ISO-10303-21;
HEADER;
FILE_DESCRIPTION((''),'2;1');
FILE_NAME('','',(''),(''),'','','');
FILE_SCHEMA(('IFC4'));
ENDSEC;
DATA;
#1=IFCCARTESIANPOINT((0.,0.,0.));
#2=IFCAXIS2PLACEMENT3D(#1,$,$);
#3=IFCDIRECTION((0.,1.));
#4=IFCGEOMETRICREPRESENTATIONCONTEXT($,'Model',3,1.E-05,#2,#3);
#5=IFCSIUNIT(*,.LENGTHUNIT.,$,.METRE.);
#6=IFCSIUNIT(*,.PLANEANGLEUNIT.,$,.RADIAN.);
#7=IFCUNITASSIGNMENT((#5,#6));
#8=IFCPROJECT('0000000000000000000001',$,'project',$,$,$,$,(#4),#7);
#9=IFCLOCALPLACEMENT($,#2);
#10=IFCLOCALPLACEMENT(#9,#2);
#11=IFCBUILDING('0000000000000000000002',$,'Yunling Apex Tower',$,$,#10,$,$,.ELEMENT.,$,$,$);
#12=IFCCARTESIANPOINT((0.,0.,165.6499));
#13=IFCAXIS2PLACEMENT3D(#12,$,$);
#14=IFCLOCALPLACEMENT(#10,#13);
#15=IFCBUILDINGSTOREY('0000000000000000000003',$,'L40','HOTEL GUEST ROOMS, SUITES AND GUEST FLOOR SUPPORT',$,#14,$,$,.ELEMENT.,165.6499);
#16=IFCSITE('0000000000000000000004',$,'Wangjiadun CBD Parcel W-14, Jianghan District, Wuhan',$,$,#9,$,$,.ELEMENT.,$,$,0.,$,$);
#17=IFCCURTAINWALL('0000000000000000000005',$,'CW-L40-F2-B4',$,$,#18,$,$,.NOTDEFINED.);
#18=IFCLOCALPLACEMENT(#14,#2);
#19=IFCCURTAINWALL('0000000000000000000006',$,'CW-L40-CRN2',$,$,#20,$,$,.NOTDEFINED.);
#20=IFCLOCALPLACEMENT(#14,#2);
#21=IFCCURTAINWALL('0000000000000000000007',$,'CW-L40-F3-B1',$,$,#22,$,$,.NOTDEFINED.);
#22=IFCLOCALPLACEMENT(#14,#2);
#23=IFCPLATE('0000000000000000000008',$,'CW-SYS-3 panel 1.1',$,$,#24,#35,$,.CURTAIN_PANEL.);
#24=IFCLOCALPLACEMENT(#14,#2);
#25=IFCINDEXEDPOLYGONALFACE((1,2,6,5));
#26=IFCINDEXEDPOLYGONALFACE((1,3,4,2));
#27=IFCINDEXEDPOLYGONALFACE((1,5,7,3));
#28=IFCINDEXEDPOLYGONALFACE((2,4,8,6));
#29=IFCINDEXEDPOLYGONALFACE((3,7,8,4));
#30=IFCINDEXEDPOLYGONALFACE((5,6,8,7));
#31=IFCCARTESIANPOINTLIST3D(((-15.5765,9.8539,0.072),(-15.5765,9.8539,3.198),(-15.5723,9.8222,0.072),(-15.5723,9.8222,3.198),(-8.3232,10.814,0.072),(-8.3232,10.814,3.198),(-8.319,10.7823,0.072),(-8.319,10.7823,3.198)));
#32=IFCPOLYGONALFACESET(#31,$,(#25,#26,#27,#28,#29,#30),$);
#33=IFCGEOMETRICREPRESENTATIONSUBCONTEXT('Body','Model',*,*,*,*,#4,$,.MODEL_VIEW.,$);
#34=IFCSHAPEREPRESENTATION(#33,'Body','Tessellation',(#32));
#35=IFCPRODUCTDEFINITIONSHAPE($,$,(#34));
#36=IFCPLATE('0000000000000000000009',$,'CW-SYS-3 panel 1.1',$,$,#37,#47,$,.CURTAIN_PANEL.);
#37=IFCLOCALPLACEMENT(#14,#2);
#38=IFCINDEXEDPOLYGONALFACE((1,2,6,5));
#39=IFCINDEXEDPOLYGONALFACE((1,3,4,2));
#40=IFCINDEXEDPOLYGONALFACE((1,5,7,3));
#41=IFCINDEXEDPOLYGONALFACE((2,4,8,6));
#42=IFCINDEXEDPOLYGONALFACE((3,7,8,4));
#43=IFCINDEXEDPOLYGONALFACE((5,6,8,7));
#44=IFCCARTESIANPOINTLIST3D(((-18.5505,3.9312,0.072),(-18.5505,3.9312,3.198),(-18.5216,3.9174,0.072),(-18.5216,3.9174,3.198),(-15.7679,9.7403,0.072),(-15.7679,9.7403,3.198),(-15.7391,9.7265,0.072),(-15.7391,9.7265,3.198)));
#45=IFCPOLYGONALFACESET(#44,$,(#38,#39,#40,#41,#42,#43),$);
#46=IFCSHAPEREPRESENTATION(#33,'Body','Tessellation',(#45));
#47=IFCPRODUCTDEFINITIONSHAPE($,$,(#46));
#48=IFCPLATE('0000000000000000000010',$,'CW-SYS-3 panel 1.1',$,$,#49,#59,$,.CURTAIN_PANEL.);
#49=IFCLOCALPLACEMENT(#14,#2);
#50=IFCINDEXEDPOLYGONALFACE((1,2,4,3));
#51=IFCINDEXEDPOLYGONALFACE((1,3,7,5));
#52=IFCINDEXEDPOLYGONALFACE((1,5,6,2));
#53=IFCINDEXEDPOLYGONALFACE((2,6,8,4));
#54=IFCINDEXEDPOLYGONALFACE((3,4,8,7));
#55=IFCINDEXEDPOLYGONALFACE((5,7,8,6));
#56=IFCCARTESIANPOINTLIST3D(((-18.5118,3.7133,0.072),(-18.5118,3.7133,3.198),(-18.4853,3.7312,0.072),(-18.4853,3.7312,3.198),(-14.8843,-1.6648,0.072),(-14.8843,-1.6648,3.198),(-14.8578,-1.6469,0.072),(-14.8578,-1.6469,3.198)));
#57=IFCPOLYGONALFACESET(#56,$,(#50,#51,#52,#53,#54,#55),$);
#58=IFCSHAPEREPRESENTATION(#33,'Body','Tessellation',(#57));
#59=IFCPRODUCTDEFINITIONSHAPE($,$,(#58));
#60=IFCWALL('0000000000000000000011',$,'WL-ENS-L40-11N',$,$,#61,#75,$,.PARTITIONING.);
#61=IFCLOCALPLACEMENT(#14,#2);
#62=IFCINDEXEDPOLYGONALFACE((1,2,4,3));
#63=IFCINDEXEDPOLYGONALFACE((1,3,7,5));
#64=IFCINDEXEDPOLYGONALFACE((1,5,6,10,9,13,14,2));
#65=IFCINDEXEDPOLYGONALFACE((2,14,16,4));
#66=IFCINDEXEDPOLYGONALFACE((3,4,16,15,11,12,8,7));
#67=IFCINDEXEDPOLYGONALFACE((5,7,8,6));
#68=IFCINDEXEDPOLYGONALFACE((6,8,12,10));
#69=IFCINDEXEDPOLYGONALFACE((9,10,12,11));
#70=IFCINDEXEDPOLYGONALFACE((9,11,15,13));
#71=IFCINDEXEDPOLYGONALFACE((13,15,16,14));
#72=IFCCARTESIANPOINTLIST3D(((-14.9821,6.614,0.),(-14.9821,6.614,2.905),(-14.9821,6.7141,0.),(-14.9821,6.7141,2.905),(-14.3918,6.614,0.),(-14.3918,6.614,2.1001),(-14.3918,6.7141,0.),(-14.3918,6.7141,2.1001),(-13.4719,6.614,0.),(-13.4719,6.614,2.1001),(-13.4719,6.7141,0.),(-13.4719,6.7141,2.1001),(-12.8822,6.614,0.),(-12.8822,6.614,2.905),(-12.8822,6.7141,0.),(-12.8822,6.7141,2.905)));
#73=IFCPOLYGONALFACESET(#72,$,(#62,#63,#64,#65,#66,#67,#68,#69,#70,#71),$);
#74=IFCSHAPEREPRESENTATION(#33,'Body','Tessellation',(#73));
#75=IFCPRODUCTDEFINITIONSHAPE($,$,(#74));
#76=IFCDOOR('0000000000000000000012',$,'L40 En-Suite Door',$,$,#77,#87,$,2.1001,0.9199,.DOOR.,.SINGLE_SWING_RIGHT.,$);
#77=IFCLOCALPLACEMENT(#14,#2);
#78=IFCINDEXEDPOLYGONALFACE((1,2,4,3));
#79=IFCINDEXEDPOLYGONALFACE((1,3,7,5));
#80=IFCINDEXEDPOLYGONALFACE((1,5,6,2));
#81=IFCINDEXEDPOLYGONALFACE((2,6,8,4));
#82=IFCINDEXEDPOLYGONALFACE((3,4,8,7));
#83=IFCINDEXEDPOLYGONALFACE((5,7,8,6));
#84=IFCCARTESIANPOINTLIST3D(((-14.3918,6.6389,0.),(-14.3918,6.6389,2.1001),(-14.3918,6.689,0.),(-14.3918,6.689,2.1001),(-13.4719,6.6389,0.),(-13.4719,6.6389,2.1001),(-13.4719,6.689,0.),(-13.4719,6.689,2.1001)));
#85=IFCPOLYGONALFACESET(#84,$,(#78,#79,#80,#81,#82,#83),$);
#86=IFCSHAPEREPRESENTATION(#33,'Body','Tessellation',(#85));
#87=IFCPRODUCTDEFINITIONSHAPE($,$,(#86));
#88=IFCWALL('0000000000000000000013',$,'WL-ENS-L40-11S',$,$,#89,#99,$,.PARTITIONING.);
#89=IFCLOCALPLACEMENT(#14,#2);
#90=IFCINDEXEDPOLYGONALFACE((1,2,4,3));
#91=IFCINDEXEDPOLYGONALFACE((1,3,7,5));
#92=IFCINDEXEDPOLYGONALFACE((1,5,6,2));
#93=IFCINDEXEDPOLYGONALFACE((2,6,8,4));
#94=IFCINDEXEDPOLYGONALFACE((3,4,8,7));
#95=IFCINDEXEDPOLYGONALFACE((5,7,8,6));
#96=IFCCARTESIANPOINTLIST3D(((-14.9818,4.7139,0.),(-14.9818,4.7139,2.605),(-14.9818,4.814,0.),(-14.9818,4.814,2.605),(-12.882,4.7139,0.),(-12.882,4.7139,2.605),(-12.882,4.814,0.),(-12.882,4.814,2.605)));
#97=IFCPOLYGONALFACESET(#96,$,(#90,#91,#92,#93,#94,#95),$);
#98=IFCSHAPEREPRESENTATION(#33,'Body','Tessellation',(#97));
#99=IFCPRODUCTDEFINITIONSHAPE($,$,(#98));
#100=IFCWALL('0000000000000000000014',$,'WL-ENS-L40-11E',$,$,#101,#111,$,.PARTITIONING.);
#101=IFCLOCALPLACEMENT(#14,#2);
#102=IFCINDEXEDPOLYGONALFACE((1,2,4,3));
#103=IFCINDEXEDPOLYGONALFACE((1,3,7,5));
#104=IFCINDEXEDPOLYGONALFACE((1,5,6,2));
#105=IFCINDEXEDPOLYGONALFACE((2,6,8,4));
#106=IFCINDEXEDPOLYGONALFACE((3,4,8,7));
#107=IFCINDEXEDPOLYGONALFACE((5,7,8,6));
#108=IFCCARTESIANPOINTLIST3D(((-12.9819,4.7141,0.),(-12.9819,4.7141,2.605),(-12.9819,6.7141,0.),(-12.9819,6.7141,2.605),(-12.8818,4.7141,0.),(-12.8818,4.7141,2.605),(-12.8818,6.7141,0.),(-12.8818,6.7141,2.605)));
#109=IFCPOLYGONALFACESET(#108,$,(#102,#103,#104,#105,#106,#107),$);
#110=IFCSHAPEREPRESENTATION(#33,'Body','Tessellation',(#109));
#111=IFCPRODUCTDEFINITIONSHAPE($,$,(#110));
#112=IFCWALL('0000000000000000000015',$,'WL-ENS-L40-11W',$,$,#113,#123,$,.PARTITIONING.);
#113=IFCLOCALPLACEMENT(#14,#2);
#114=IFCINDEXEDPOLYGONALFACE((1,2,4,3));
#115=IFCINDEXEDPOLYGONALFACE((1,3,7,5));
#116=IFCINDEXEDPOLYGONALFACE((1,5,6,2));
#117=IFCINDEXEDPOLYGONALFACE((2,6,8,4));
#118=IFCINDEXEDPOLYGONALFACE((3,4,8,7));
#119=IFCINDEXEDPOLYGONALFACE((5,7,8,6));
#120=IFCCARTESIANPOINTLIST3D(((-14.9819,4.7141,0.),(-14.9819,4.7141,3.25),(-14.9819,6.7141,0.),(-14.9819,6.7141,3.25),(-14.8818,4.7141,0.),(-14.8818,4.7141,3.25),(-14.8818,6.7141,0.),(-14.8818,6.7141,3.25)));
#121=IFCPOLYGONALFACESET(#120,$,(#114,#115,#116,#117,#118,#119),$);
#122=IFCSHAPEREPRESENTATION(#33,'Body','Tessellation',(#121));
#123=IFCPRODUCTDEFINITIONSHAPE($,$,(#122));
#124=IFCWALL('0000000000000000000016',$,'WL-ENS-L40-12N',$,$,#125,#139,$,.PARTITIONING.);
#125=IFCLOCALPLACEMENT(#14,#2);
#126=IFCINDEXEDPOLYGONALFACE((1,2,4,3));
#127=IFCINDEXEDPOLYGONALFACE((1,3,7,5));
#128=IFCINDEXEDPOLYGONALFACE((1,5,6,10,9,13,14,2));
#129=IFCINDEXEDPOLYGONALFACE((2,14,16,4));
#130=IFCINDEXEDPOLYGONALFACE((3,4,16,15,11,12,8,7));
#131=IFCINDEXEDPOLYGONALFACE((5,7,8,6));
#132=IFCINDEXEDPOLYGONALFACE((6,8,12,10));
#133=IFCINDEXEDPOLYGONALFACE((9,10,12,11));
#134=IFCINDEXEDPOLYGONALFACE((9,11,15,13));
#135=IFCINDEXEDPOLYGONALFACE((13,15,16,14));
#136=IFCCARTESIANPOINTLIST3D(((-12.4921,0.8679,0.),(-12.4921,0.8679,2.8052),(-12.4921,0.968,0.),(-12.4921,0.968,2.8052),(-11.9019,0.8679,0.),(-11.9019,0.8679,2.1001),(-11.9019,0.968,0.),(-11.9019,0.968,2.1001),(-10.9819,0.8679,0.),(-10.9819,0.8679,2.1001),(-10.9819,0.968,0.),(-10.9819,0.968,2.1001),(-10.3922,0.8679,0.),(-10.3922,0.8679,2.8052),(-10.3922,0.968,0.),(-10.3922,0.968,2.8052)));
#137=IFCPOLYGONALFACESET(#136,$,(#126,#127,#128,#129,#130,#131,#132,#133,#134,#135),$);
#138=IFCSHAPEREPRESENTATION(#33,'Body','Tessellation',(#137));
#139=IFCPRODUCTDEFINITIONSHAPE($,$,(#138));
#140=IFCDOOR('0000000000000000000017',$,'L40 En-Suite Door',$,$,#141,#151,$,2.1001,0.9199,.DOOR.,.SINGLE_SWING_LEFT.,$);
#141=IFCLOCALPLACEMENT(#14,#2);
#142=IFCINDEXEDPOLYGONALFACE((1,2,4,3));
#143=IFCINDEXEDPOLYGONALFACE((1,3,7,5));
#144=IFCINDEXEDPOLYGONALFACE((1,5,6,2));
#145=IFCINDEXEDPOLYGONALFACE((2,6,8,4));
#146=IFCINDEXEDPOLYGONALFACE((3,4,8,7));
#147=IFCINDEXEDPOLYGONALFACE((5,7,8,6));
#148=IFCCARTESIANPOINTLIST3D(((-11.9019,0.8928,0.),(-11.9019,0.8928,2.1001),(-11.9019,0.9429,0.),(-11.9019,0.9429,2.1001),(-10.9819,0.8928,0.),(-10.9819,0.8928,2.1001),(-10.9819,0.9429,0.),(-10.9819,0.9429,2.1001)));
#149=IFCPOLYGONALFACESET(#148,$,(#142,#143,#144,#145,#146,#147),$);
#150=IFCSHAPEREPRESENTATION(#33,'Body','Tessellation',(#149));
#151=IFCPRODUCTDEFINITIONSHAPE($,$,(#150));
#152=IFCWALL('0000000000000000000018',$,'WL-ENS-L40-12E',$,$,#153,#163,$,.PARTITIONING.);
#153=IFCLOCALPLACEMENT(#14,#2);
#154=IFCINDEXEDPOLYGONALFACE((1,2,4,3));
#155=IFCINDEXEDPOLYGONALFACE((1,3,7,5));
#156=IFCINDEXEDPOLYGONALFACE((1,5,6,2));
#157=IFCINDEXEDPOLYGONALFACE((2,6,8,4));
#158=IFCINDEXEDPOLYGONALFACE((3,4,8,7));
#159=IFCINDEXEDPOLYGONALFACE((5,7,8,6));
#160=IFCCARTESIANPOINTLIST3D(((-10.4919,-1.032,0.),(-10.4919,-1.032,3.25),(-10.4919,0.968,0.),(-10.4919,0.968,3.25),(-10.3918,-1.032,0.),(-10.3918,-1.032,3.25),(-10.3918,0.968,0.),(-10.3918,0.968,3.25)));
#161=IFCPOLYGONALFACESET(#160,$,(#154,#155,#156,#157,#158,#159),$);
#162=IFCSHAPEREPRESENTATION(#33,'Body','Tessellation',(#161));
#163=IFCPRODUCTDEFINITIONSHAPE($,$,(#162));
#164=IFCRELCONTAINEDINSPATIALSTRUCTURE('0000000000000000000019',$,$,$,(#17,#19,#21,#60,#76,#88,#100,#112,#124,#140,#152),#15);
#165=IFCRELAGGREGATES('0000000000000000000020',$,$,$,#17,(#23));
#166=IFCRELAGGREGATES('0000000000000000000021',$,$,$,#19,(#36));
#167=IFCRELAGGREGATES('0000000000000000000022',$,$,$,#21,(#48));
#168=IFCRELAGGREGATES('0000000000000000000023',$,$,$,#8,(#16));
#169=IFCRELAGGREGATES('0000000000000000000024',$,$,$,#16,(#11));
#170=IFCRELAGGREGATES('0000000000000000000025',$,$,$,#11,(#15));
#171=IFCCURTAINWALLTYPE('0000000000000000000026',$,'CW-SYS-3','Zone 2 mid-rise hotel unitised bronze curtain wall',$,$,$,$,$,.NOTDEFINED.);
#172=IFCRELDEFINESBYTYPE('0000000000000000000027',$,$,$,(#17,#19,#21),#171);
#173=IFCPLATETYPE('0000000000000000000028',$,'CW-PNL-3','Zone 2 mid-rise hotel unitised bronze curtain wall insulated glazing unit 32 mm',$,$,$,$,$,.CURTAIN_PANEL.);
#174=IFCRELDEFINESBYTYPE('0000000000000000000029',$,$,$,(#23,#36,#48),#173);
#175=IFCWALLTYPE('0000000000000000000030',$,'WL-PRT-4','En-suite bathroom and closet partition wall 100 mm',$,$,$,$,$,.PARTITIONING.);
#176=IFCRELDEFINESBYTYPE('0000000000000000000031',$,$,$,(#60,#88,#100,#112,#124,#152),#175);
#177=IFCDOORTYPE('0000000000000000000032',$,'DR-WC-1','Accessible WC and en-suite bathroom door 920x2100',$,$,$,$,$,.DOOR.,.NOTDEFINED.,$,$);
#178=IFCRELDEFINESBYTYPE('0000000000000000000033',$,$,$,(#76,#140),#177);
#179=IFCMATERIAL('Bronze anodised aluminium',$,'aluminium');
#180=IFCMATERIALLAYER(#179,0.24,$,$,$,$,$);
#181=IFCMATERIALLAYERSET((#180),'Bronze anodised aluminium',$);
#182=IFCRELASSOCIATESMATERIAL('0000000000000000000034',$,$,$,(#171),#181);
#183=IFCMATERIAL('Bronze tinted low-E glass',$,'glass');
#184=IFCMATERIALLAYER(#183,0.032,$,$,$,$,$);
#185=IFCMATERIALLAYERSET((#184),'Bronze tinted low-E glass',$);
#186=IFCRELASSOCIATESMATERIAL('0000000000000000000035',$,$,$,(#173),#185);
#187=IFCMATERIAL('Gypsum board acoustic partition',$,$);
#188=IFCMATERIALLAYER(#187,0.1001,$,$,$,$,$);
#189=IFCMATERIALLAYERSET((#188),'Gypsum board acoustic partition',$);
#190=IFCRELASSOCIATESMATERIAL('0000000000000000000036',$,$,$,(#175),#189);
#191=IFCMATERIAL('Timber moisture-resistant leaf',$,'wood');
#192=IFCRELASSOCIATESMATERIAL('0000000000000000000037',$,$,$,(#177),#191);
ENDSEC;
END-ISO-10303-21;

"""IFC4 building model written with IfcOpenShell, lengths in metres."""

from ifc_helpers import new_model, si_unit, direction, frame, frame_2d, origin, origin_2d, place, context, subcontext, project, spatial, rectangle, extrude, source, transform, mapped, material, layer, layer_set, type_object, element, fill, aggregate, save


model = new_model("IFC4")

# Units and contexts
model_context = context("Model", 3, precision=1e-05, world=origin(), true_north=direction((0.0, 1.0)))
body_context = subcontext(model_context, "Body", "Model", "MODEL_VIEW")
ifc_project = project(units=[si_unit("LENGTHUNIT", "METRE"), si_unit("PLANEANGLEUNIT", "RADIAN")], contexts=[model_context])

# Site, building, storey
site_placement = place(None, origin())
site = spatial("IfcSite", under=ifc_project, at=site_placement, Name="Wangjiadun CBD Parcel W-14, Jianghan District, Wuhan", CompositionType="ELEMENT", RefElevation=0.0)
building_placement = place(site_placement, origin())
building = spatial("IfcBuilding", under=site, at=building_placement, Name="Yunling Apex Tower", CompositionType="ELEMENT")
storey_placement = place(building_placement, frame((0.0, 0.0, 165.6499)))
storey = spatial("IfcBuildingStorey", under=building, at=storey_placement, Name="L40", Description="HOTEL GUEST ROOMS, SUITES AND GUEST FLOOR SUPPORT", CompositionType="ELEMENT", Elevation=165.6499)

# Curtain wall
ifc_material_1 = material(Name="Bronze anodised aluminium", Category="aluminium")
ifc_layer_1 = layer(ifc_material_1, 0.24)
ifc_layer_set_1 = layer_set([ifc_layer_1], Name="Bronze anodised aluminium")
curtain_wall_type = type_object("IfcCurtainWallType", Name="CW-SYS-3", Description="Zone 2 mid-rise hotel unitised bronze curtain wall", PredefinedType="NOTDEFINED", material=ifc_layer_set_1)
curtain_wall_1_placement = place(storey_placement, origin())
curtain_wall_1 = element("IfcCurtainWall", 1, at=curtain_wall_1_placement, inside=storey, type_object=curtain_wall_type, Name="CW-L40-F2-B4", PredefinedType="NOTDEFINED")

# Curtain wall
curtain_wall_2_placement = place(storey_placement, origin())
curtain_wall_2 = element("IfcCurtainWall", 2, at=curtain_wall_2_placement, inside=storey, type_object=curtain_wall_type, Name="CW-L40-CRN2", PredefinedType="NOTDEFINED")

# Curtain wall
curtain_wall_3_placement = place(storey_placement, origin())
curtain_wall_3 = element("IfcCurtainWall", 3, at=curtain_wall_3_placement, inside=storey, type_object=curtain_wall_type, Name="CW-L40-F3-B1", PredefinedType="NOTDEFINED")

# Plates
ifc_material_2 = material(Name="Bronze tinted low-E glass", Category="glass")
ifc_layer_2 = layer(ifc_material_2, 0.032)
ifc_layer_set_2 = layer_set([ifc_layer_2], Name="Bronze tinted low-E glass")
plate_type = type_object("IfcPlateType", Name="CW-PNL-3", Description="Zone 2 mid-rise hotel unitised bronze curtain wall insulated glazing unit 32 mm", PredefinedType="CURTAIN_PANEL", material=ifc_layer_set_2)
shared_shape_1 = source(origin(), body_context, "Body", "SweptSolid", [
    extrude(rectangle(XDim=7.3167, YDim=0.032, at=origin_2d()), origin(), (0.0, 0.0, 1.0), 3.126),
])
plate_1_placement = place(storey_placement, frame((-11.9478, 10.3181, 0.072), z_axis=(0.0, 0.0, 1.0), x_axis=(-0.991353, -0.131222, 0.0)))
plate_1 = element("IfcPlate", 4, at=plate_1_placement, type_object=plate_type, Name="CW-SYS-3 panel 1.1", PredefinedType="CURTAIN_PANEL", context=body_context, shape_type="MappedRepresentation", body=[
    mapped(shared_shape_1, transform((0.0, 0.0, 0.0), scale=1.0)),
])
aggregate(curtain_wall_1, [plate_1])
shared_shape_2 = source(origin(), body_context, "Body", "SweptSolid", [
    extrude(rectangle(XDim=6.4412, YDim=0.032, at=origin_2d()), origin(), (0.0, 0.0, 1.0), 3.126),
])
plate_2_placement = place(storey_placement, frame((-17.1448, 6.8289, 0.072), z_axis=(0.0, 0.0, 1.0), x_axis=(-0.431994, -0.901877, 0.0)))
plate_2 = element("IfcPlate", 5, at=plate_2_placement, type_object=plate_type, Name="CW-SYS-3 panel 1.1", PredefinedType="CURTAIN_PANEL", context=body_context, shape_type="MappedRepresentation", body=[
    mapped(shared_shape_2, transform((0.0, 0.0, 0.0), scale=1.0)),
])
aggregate(curtain_wall_2, [plate_2])
shared_shape_3 = source(origin(), body_context, "Body", "SweptSolid", [
    extrude(rectangle(XDim=6.4871, YDim=0.032, at=origin_2d()), origin(), (0.0, 0.0, 1.0), 3.126),
])
plate_3_placement = place(storey_placement, frame((-16.6848, 1.0332, 0.072), z_axis=(0.0, 0.0, 1.0), x_axis=(0.559181, -0.829045, 0.0)))
plate_3 = element("IfcPlate", 6, at=plate_3_placement, type_object=plate_type, Name="CW-SYS-3 panel 1.1", PredefinedType="CURTAIN_PANEL", context=body_context, shape_type="MappedRepresentation", body=[
    mapped(shared_shape_3, transform((0.0, 0.0, 0.0), scale=1.0)),
])
aggregate(curtain_wall_3, [plate_3])

# Wall, opening, door
ifc_material_3 = material(Name="Gypsum board acoustic partition")
ifc_layer_3 = layer(ifc_material_3, 0.1001)
ifc_layer_set_3 = layer_set([ifc_layer_3], Name="Gypsum board acoustic partition")
wall_type = type_object("IfcWallType", Name="WL-PRT-4", Description="En-suite bathroom and closet partition wall 100 mm", PredefinedType="PARTITIONING", material=ifc_layer_set_3)
wall_1_placement = place(storey_placement, frame((-14.9819, 6.6641, 0.0), z_axis=(0.0, 0.0, 1.0), x_axis=(1.0, 0.0, 0.0)))
wall_1 = element("IfcWall", 7, at=wall_1_placement, inside=storey, type_object=wall_type, Name="WL-ENS-L40-11N", PredefinedType="PARTITIONING", context=body_context, shape_type="SweptSolid", body=[
    extrude(rectangle(XDim=2.0999, YDim=0.1001, at=frame_2d((1.0498, 0.0))), origin(), (0.0, 0.0, 1.0), 2.905),
])
opening_1_placement = place(wall_1_placement, frame((0.5901, 0.0, 0.0)))
opening_1 = element("IfcOpeningElement", 8, at=opening_1_placement, cuts=wall_1, PredefinedType="OPENING", context=body_context, shape_type="SweptSolid", body=[
    extrude(rectangle(XDim=0.9199, YDim=2.1001, at=frame_2d((0.46, 1.05))), frame((0.0, 0.0601, 0.0), z_axis=(0.0, -1.0, 0.0), x_axis=(1.0, 0.0, 0.0)), (0.0, 0.0, 1.0), 0.1201),
])
ifc_material_4 = material(Name="Timber moisture-resistant leaf", Category="wood")
door_type = type_object("IfcDoorType", Name="DR-WC-1", Description="Accessible WC and en-suite bathroom door 920x2100", OperationType="NOTDEFINED", PredefinedType="DOOR", material=ifc_material_4)
door_1_placement = place(opening_1_placement, origin())
door_1 = element("IfcDoor", 9, at=door_1_placement, inside=storey, type_object=door_type, Name="L40 En-Suite Door", OperationType="SINGLE_SWING_RIGHT", OverallHeight=2.1001, OverallWidth=0.9199, PredefinedType="DOOR", context=body_context, shape_type="SweptSolid", body=[
    extrude(rectangle(XDim=0.9199, YDim=2.1001, at=frame_2d((0.46, 1.05))), frame((0.0, 0.0249, 0.0), z_axis=(0.0, -1.0, 0.0), x_axis=(1.0, 0.0, 0.0)), (0.0, 0.0, 1.0), 0.05),
])
fill(opening_1, door_1)

# Walls
wall_2_placement = place(storey_placement, frame((-12.8821, 4.7639, 0.0), z_axis=(0.0, 0.0, 1.0), x_axis=(-1.0, 0.0, 0.0)))
element("IfcWall", 10, at=wall_2_placement, inside=storey, type_object=wall_type, Name="WL-ENS-L40-11S", PredefinedType="PARTITIONING", context=body_context, shape_type="SweptSolid", body=[
    extrude(rectangle(XDim=2.0999, YDim=0.1001, at=frame_2d((1.0498, 0.0))), origin(), (0.0, 0.0, 1.0), 2.605),
])
wall_3_placement = place(storey_placement, frame((-12.9319, 6.7141, 0.0), z_axis=(0.0, 0.0, 1.0), x_axis=(0.0, -1.0, 0.0)))
element("IfcWall", 11, at=wall_3_placement, inside=storey, type_object=wall_type, Name="WL-ENS-L40-11E", PredefinedType="PARTITIONING", context=body_context, shape_type="SweptSolid", body=[
    extrude(rectangle(XDim=2.0, YDim=0.1001, at=frame_2d((1.0, 0.0))), origin(), (0.0, 0.0, 1.0), 2.605),
])
wall_4_placement = place(storey_placement, frame((-14.9319, 4.7141, 0.0), z_axis=(0.0, 0.0, 1.0), x_axis=(0.0, 1.0, 0.0)))
element("IfcWall", 12, at=wall_4_placement, inside=storey, type_object=wall_type, Name="WL-ENS-L40-11W", PredefinedType="PARTITIONING", context=body_context, shape_type="SweptSolid", body=[
    extrude(rectangle(XDim=2.0, YDim=0.1001, at=frame_2d((1.0, 0.0))), origin(), (0.0, 0.0, 1.0), 3.25),
])

# Wall, opening, door
wall_5_placement = place(storey_placement, frame((-12.4919, 0.918, 0.0), z_axis=(0.0, 0.0, 1.0), x_axis=(1.0, 0.0, 0.0)))
wall_5 = element("IfcWall", 13, at=wall_5_placement, inside=storey, type_object=wall_type, Name="WL-ENS-L40-12N", PredefinedType="PARTITIONING", context=body_context, shape_type="SweptSolid", body=[
    extrude(rectangle(XDim=2.0999, YDim=0.1001, at=frame_2d((1.0498, 0.0))), origin(), (0.0, 0.0, 1.0), 2.8052),
])
opening_2_placement = place(wall_5_placement, frame((0.5901, 0.0, 0.0)))
opening_2 = element("IfcOpeningElement", 14, at=opening_2_placement, cuts=wall_5, PredefinedType="OPENING", context=body_context, shape_type="SweptSolid", body=[
    extrude(rectangle(XDim=0.9199, YDim=2.1001, at=frame_2d((0.46, 1.05))), frame((0.0, 0.0601, 0.0), z_axis=(0.0, -1.0, 0.0), x_axis=(1.0, 0.0, 0.0)), (0.0, 0.0, 1.0), 0.1201),
])
door_2_placement = place(opening_2_placement, origin())
door_2 = element("IfcDoor", 15, at=door_2_placement, inside=storey, type_object=door_type, Name="L40 En-Suite Door", OperationType="SINGLE_SWING_LEFT", OverallHeight=2.1001, OverallWidth=0.9199, PredefinedType="DOOR", context=body_context, shape_type="SweptSolid", body=[
    extrude(rectangle(XDim=0.9199, YDim=2.1001, at=frame_2d((0.46, 1.05))), frame((0.0, 0.0249, 0.0), z_axis=(0.0, -1.0, 0.0), x_axis=(1.0, 0.0, 0.0)), (0.0, 0.0, 1.0), 0.05),
])
fill(opening_2, door_2)

# Wall
wall_6_placement = place(storey_placement, frame((-10.4419, 0.968, 0.0), z_axis=(0.0, 0.0, 1.0), x_axis=(0.0, -1.0, 0.0)))
element("IfcWall", 16, at=wall_6_placement, inside=storey, type_object=wall_type, Name="WL-ENS-L40-12E", PredefinedType="PARTITIONING", context=body_context, shape_type="SweptSolid", body=[
    extrude(rectangle(XDim=2.0, YDim=0.1001, at=frame_2d((1.0, 0.0))), origin(), (0.0, 0.0, 1.0), 3.25),
])

save(model, "model.ifc")
